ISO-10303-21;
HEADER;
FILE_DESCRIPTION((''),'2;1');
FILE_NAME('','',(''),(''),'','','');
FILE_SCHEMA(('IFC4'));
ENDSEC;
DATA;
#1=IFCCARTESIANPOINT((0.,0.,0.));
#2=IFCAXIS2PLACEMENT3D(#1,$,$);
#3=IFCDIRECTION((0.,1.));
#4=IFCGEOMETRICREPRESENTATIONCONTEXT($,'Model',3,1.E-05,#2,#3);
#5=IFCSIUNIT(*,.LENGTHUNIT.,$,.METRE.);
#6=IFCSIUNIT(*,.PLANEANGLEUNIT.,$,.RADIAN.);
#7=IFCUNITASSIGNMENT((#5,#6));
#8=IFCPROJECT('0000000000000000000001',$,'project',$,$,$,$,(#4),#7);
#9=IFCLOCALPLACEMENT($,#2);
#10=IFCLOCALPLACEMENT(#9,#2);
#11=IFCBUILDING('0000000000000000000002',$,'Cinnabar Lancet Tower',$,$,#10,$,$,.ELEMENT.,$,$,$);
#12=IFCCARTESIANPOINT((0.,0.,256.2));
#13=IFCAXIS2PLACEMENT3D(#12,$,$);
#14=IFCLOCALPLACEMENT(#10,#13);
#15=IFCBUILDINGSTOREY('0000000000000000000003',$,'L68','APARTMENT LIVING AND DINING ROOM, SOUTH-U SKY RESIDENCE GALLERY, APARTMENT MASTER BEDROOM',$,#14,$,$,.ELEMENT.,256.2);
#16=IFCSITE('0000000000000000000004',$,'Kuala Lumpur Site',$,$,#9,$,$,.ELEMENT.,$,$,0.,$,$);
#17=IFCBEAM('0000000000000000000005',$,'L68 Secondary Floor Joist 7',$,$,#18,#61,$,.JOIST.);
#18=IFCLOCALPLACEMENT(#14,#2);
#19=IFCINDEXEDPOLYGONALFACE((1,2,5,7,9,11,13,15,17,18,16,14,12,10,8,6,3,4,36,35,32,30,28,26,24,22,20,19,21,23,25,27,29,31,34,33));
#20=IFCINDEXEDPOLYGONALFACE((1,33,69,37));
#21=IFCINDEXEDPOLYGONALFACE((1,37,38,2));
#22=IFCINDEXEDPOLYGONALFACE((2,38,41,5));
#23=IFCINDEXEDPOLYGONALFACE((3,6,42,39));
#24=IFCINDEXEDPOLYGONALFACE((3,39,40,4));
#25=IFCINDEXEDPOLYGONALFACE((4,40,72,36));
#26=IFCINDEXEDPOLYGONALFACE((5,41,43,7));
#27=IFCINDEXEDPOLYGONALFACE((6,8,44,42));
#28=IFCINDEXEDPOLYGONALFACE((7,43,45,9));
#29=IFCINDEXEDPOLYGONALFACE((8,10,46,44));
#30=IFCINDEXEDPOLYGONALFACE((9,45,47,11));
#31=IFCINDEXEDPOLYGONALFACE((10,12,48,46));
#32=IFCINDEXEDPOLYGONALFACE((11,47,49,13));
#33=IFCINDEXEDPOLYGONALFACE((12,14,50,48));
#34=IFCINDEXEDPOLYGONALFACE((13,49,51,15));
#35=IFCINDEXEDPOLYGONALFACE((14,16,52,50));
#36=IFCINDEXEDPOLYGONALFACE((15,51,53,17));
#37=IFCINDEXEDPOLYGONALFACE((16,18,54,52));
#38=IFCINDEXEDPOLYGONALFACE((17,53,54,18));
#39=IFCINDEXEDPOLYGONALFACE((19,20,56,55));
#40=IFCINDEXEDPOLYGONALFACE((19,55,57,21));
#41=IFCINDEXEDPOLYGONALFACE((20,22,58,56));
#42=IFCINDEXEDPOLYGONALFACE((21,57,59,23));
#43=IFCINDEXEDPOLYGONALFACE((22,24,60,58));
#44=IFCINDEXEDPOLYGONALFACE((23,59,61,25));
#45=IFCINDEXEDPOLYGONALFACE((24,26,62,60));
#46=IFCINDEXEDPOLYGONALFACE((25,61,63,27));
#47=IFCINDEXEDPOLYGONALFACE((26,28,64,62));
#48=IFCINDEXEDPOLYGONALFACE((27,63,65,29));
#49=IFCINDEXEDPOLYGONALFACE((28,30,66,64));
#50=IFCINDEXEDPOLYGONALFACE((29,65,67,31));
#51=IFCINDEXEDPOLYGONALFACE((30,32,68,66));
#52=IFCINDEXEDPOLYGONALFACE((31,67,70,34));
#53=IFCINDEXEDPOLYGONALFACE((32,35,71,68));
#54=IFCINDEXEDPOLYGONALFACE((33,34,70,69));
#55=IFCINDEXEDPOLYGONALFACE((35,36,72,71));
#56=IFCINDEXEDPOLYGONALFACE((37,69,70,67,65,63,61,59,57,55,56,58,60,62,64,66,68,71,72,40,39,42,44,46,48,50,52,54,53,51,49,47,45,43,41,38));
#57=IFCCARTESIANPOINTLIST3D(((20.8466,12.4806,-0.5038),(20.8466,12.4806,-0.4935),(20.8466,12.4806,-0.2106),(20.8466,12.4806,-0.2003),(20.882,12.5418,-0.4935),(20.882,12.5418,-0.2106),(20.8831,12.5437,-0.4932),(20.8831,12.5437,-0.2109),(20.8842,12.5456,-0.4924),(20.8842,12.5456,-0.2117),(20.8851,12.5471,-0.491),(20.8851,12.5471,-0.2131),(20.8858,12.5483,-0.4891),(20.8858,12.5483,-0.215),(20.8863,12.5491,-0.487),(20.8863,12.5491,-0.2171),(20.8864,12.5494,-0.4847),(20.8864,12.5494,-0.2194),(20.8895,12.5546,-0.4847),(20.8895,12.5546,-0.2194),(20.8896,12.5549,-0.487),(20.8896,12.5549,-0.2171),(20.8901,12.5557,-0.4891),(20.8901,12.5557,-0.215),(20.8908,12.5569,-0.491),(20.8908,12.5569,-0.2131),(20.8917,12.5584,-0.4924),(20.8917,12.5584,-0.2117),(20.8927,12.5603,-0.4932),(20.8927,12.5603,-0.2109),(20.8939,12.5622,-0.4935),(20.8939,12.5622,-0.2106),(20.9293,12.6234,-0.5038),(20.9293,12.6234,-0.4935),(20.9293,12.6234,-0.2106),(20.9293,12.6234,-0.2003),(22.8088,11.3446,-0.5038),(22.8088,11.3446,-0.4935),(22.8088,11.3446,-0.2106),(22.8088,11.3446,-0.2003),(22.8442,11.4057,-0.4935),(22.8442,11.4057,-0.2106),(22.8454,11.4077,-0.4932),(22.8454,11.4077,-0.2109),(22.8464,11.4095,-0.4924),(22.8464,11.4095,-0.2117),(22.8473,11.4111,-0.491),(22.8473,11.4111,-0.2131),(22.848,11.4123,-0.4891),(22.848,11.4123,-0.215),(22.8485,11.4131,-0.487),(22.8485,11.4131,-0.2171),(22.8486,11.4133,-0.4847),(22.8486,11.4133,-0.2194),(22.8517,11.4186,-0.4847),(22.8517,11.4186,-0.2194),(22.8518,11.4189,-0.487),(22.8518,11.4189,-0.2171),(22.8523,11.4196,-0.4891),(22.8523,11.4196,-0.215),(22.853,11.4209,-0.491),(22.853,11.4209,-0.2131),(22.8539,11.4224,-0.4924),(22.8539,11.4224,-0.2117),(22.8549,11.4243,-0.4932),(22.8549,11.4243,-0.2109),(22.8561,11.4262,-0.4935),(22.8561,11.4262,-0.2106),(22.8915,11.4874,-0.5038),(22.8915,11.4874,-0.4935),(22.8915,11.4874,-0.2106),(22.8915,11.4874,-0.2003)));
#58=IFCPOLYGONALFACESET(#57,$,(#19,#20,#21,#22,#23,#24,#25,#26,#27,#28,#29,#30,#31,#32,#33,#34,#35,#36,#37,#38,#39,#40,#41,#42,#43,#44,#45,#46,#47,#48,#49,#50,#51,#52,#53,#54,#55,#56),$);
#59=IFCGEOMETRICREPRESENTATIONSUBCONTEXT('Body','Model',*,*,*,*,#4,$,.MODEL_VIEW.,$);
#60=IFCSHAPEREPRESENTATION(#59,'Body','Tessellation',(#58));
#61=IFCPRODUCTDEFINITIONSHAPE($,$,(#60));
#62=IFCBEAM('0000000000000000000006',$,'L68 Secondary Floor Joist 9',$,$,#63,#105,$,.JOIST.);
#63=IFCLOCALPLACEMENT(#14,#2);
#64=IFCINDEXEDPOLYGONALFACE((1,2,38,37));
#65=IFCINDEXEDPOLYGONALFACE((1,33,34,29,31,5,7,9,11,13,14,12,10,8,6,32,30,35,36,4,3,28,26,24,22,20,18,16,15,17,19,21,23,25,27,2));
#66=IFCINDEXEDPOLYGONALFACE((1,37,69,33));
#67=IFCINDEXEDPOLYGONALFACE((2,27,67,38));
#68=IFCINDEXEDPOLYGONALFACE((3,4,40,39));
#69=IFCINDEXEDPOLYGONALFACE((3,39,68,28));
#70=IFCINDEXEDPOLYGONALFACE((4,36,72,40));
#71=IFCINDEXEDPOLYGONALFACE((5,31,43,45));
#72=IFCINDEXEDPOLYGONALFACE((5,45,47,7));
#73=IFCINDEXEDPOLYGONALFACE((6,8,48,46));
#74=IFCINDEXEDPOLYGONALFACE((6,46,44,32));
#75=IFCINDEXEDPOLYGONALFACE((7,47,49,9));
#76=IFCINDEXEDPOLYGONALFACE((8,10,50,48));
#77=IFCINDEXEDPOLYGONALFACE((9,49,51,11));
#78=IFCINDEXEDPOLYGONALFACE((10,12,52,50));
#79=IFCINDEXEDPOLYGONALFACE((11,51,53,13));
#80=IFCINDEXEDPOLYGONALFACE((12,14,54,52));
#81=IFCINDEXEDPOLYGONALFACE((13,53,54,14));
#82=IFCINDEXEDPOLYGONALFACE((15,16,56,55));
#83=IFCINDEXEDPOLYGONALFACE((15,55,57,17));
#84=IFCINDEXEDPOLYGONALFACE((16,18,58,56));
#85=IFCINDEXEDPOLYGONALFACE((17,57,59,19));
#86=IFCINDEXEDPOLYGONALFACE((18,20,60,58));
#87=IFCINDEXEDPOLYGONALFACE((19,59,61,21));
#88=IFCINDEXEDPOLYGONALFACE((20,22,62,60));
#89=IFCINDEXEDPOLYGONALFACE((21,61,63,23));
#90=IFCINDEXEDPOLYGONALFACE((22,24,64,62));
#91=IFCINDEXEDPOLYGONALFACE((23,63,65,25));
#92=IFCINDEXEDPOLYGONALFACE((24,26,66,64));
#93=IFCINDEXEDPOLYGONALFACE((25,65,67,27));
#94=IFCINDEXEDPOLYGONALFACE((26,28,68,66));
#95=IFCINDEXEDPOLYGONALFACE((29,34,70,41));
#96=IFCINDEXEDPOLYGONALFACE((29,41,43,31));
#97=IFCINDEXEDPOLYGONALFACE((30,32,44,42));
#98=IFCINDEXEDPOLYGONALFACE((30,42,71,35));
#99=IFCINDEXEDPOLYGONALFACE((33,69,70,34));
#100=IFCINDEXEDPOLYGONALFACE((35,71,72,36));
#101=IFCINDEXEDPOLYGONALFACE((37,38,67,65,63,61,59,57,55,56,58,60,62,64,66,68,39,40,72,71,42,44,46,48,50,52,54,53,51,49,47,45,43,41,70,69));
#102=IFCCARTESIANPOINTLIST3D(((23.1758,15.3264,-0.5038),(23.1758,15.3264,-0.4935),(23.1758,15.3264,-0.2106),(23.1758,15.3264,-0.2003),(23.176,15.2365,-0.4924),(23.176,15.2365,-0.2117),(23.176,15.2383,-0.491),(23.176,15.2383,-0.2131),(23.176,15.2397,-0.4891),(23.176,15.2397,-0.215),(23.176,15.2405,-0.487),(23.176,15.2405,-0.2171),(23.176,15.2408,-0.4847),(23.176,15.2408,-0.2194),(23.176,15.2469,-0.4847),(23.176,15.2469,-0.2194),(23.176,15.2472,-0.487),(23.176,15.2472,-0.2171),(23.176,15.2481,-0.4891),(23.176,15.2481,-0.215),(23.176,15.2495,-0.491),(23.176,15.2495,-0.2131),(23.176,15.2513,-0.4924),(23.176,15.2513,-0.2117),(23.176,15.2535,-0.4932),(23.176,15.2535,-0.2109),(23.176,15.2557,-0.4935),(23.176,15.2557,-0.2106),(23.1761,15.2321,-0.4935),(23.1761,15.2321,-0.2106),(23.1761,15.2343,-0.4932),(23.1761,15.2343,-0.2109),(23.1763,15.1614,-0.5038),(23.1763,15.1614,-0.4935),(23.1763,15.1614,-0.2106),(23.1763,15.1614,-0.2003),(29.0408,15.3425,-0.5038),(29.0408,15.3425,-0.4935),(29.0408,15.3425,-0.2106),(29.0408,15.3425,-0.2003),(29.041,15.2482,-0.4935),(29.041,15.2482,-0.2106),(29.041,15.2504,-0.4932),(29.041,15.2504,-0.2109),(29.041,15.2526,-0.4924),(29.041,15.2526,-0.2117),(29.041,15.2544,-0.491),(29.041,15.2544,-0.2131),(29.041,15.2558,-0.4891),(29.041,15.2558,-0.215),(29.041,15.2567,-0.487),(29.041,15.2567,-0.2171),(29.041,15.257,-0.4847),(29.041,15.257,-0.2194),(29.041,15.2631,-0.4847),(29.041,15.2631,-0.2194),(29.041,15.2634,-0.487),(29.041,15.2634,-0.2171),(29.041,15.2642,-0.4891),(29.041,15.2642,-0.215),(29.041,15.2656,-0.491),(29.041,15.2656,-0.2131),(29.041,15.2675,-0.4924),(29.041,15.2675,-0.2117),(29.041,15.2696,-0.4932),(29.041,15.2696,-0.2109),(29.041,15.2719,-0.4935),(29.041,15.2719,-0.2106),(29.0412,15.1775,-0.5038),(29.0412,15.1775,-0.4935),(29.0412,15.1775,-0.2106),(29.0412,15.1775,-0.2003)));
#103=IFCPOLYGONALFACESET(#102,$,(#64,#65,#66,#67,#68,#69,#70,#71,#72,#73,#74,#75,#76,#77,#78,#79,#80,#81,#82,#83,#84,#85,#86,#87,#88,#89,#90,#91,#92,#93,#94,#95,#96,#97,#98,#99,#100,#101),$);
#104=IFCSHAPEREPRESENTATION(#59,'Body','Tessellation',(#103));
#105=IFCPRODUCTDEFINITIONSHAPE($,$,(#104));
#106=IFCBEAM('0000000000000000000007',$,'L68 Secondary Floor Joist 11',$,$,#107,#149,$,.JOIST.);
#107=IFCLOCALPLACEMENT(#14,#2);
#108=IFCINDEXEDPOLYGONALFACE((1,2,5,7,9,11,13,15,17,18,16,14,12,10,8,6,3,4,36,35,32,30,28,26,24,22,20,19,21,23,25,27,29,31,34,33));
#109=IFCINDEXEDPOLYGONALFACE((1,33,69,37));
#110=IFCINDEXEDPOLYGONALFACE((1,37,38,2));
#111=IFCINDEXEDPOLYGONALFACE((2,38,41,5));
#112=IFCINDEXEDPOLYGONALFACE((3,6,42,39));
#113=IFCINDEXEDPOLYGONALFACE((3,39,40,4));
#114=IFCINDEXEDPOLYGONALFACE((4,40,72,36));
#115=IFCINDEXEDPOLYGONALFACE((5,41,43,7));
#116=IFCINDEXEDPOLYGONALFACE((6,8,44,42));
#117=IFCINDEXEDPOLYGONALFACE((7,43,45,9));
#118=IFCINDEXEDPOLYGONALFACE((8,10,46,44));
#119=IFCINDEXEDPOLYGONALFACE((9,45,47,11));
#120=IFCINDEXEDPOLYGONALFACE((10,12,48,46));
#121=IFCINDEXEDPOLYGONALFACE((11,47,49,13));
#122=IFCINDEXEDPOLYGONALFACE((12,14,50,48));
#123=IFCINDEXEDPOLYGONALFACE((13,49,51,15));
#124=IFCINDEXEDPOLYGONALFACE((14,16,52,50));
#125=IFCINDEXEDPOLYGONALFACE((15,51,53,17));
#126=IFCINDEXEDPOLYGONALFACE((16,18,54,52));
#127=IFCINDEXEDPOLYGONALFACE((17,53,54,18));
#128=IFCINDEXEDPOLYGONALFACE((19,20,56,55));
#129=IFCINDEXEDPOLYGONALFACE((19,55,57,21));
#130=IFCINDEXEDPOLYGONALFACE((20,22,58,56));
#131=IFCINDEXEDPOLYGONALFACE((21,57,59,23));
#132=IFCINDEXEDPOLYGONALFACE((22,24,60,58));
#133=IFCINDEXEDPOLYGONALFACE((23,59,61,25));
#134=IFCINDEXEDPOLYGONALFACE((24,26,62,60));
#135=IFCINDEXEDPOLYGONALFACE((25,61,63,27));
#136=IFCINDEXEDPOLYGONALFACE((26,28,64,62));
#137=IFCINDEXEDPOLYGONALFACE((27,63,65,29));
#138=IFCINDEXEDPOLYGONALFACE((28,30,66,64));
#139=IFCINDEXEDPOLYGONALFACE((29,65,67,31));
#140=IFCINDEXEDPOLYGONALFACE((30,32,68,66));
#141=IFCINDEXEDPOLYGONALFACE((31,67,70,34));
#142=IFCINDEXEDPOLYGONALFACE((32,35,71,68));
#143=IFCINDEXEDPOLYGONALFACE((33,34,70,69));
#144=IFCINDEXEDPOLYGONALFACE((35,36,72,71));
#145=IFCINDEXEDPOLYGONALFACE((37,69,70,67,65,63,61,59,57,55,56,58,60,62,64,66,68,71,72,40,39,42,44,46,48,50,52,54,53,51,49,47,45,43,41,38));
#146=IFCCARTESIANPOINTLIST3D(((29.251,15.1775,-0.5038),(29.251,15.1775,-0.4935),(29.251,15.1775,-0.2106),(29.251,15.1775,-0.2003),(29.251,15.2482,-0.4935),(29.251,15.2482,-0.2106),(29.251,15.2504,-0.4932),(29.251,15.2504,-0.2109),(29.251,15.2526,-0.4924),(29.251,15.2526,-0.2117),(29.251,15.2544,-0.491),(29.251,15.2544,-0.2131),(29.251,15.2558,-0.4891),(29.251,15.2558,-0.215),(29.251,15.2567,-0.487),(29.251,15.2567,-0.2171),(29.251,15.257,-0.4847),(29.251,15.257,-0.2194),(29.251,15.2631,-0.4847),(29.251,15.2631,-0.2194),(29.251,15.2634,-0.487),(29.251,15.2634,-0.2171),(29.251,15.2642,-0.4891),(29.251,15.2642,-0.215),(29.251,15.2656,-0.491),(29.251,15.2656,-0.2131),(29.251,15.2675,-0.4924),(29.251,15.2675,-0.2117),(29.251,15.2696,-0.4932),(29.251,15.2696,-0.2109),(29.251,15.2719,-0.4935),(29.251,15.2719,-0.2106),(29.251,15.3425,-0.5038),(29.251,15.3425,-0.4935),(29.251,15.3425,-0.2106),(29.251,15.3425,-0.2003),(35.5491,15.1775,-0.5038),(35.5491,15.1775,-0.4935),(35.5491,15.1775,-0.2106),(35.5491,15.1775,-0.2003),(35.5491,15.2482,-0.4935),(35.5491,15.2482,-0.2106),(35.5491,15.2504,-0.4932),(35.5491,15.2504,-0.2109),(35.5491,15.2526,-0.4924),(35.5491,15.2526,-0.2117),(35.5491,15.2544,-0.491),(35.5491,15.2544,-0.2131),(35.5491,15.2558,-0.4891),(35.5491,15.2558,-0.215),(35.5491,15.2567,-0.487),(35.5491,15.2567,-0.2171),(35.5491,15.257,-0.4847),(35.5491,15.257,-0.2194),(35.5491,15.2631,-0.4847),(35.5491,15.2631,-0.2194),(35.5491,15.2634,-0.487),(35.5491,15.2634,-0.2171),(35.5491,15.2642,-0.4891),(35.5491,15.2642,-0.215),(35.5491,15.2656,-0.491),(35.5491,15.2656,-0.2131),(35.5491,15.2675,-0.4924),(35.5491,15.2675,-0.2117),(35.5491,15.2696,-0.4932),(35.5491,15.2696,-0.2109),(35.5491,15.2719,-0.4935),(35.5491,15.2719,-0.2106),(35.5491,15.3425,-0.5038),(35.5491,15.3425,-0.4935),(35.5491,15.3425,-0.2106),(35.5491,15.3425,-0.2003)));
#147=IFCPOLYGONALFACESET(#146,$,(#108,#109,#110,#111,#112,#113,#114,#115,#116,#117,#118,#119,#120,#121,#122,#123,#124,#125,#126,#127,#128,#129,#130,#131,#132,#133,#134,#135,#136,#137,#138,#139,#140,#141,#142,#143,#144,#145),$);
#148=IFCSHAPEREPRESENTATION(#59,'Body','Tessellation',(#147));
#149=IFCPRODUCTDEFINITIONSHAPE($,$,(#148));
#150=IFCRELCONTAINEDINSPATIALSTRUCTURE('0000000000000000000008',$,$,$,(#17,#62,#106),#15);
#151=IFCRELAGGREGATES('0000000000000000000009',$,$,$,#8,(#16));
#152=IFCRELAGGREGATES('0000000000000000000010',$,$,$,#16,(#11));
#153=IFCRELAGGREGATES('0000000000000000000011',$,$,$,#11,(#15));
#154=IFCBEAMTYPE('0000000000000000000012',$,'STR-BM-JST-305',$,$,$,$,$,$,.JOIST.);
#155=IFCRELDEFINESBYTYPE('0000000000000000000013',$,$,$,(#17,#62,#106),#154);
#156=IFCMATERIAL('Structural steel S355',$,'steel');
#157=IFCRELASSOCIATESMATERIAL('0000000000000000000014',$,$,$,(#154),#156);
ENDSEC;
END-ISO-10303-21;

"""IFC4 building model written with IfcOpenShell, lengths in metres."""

from ifc_helpers import new_model, si_unit, direction, frame, origin, origin_2d, place, context, subcontext, project, spatial, i_section, extrude, material, material_profile, profile_set, type_object, element, save


model = new_model("IFC4")

# Units and contexts
model_context = context("Model", 3, precision=1e-05, world=origin(), true_north=direction((0.0, 1.0)))
body_context = subcontext(model_context, "Body", "Model", "MODEL_VIEW")
ifc_project = project(units=[si_unit("LENGTHUNIT", "METRE"), si_unit("PLANEANGLEUNIT", "RADIAN")], contexts=[model_context])

# Site, building, storey
site_placement = place(None, origin())
site = spatial("IfcSite", under=ifc_project, at=site_placement, Name="Kuala Lumpur Site", CompositionType="ELEMENT", RefElevation=0.0)
building_placement = place(site_placement, origin())
building = spatial("IfcBuilding", under=site, at=building_placement, Name="Cinnabar Lancet Tower", CompositionType="ELEMENT")
storey_placement = place(building_placement, frame((0.0, 0.0, 256.2)))
storey = spatial("IfcBuildingStorey", under=building, at=storey_placement, Name="L68", Description="APARTMENT LIVING AND DINING ROOM, SOUTH-U SKY RESIDENCE GALLERY, APARTMENT MASTER BEDROOM", CompositionType="ELEMENT", Elevation=256.2)

# Beams
ifc_material_1 = material(Name="Structural steel S355", Category="steel")
ifc_material_profile_1 = material_profile(ifc_material_1, i_section(OverallWidth=0.165, OverallDepth=0.3035, WebThickness=0.0061, FlangeThickness=0.0103, FilletRadius=0.0088, at=origin_2d()), Name="UKB 305x165x40")
ifc_profile_set_1 = profile_set([ifc_material_profile_1], Name="Structural steel S355")
beam_type_1 = type_object("IfcBeamType", Name="STR-BM-JST-305", PredefinedType="JOIST", material=ifc_profile_set_1)
beam_1_placement = place(storey_placement, frame((20.8879, 12.552, -0.3521), z_axis=(0.865426, -0.501036, 0.0), x_axis=(0.501036, 0.865426, 0.0)))
element("IfcBeam", 1, at=beam_1_placement, inside=storey, type_object=beam_type_1, Name="L68 Secondary Floor Joist 7", PredefinedType="JOIST", context=body_context, shape_type="SweptSolid", body=[
    extrude(i_section(OverallWidth=0.165, OverallDepth=0.3035, WebThickness=0.0061, FlangeThickness=0.0103, FilletRadius=0.0088, at=origin_2d()), origin(), (0.0, 0.0, 1.0), 2.2673),
])
beam_2_placement = place(storey_placement, frame((23.176, 15.2439, -0.3521), z_axis=(0.999996, 0.002747, 0.0), x_axis=(-0.002747, 0.999996, 0.0)))
element("IfcBeam", 2, at=beam_2_placement, inside=storey, type_object=beam_type_1, Name="L68 Secondary Floor Joist 9", PredefinedType="JOIST", context=body_context, shape_type="SweptSolid", body=[
    extrude(i_section(OverallWidth=0.165, OverallDepth=0.3035, WebThickness=0.0061, FlangeThickness=0.0103, FilletRadius=0.0088, at=origin_2d()), origin(), (0.0, 0.0, 1.0), 5.865),
])
beam_3_placement = place(storey_placement, frame((29.251, 15.26, -0.3521), z_axis=(1.0, 0.0, 0.0), x_axis=(0.0, 1.0, 0.0)))
element("IfcBeam", 3, at=beam_3_placement, inside=storey, type_object=beam_type_1, Name="L68 Secondary Floor Joist 11", PredefinedType="JOIST", context=body_context, shape_type="SweptSolid", body=[
    extrude(i_section(OverallWidth=0.165, OverallDepth=0.3035, WebThickness=0.0061, FlangeThickness=0.0103, FilletRadius=0.0088, at=origin_2d()), origin(), (0.0, 0.0, 1.0), 6.2981),
])

save(model, "model.ifc")
